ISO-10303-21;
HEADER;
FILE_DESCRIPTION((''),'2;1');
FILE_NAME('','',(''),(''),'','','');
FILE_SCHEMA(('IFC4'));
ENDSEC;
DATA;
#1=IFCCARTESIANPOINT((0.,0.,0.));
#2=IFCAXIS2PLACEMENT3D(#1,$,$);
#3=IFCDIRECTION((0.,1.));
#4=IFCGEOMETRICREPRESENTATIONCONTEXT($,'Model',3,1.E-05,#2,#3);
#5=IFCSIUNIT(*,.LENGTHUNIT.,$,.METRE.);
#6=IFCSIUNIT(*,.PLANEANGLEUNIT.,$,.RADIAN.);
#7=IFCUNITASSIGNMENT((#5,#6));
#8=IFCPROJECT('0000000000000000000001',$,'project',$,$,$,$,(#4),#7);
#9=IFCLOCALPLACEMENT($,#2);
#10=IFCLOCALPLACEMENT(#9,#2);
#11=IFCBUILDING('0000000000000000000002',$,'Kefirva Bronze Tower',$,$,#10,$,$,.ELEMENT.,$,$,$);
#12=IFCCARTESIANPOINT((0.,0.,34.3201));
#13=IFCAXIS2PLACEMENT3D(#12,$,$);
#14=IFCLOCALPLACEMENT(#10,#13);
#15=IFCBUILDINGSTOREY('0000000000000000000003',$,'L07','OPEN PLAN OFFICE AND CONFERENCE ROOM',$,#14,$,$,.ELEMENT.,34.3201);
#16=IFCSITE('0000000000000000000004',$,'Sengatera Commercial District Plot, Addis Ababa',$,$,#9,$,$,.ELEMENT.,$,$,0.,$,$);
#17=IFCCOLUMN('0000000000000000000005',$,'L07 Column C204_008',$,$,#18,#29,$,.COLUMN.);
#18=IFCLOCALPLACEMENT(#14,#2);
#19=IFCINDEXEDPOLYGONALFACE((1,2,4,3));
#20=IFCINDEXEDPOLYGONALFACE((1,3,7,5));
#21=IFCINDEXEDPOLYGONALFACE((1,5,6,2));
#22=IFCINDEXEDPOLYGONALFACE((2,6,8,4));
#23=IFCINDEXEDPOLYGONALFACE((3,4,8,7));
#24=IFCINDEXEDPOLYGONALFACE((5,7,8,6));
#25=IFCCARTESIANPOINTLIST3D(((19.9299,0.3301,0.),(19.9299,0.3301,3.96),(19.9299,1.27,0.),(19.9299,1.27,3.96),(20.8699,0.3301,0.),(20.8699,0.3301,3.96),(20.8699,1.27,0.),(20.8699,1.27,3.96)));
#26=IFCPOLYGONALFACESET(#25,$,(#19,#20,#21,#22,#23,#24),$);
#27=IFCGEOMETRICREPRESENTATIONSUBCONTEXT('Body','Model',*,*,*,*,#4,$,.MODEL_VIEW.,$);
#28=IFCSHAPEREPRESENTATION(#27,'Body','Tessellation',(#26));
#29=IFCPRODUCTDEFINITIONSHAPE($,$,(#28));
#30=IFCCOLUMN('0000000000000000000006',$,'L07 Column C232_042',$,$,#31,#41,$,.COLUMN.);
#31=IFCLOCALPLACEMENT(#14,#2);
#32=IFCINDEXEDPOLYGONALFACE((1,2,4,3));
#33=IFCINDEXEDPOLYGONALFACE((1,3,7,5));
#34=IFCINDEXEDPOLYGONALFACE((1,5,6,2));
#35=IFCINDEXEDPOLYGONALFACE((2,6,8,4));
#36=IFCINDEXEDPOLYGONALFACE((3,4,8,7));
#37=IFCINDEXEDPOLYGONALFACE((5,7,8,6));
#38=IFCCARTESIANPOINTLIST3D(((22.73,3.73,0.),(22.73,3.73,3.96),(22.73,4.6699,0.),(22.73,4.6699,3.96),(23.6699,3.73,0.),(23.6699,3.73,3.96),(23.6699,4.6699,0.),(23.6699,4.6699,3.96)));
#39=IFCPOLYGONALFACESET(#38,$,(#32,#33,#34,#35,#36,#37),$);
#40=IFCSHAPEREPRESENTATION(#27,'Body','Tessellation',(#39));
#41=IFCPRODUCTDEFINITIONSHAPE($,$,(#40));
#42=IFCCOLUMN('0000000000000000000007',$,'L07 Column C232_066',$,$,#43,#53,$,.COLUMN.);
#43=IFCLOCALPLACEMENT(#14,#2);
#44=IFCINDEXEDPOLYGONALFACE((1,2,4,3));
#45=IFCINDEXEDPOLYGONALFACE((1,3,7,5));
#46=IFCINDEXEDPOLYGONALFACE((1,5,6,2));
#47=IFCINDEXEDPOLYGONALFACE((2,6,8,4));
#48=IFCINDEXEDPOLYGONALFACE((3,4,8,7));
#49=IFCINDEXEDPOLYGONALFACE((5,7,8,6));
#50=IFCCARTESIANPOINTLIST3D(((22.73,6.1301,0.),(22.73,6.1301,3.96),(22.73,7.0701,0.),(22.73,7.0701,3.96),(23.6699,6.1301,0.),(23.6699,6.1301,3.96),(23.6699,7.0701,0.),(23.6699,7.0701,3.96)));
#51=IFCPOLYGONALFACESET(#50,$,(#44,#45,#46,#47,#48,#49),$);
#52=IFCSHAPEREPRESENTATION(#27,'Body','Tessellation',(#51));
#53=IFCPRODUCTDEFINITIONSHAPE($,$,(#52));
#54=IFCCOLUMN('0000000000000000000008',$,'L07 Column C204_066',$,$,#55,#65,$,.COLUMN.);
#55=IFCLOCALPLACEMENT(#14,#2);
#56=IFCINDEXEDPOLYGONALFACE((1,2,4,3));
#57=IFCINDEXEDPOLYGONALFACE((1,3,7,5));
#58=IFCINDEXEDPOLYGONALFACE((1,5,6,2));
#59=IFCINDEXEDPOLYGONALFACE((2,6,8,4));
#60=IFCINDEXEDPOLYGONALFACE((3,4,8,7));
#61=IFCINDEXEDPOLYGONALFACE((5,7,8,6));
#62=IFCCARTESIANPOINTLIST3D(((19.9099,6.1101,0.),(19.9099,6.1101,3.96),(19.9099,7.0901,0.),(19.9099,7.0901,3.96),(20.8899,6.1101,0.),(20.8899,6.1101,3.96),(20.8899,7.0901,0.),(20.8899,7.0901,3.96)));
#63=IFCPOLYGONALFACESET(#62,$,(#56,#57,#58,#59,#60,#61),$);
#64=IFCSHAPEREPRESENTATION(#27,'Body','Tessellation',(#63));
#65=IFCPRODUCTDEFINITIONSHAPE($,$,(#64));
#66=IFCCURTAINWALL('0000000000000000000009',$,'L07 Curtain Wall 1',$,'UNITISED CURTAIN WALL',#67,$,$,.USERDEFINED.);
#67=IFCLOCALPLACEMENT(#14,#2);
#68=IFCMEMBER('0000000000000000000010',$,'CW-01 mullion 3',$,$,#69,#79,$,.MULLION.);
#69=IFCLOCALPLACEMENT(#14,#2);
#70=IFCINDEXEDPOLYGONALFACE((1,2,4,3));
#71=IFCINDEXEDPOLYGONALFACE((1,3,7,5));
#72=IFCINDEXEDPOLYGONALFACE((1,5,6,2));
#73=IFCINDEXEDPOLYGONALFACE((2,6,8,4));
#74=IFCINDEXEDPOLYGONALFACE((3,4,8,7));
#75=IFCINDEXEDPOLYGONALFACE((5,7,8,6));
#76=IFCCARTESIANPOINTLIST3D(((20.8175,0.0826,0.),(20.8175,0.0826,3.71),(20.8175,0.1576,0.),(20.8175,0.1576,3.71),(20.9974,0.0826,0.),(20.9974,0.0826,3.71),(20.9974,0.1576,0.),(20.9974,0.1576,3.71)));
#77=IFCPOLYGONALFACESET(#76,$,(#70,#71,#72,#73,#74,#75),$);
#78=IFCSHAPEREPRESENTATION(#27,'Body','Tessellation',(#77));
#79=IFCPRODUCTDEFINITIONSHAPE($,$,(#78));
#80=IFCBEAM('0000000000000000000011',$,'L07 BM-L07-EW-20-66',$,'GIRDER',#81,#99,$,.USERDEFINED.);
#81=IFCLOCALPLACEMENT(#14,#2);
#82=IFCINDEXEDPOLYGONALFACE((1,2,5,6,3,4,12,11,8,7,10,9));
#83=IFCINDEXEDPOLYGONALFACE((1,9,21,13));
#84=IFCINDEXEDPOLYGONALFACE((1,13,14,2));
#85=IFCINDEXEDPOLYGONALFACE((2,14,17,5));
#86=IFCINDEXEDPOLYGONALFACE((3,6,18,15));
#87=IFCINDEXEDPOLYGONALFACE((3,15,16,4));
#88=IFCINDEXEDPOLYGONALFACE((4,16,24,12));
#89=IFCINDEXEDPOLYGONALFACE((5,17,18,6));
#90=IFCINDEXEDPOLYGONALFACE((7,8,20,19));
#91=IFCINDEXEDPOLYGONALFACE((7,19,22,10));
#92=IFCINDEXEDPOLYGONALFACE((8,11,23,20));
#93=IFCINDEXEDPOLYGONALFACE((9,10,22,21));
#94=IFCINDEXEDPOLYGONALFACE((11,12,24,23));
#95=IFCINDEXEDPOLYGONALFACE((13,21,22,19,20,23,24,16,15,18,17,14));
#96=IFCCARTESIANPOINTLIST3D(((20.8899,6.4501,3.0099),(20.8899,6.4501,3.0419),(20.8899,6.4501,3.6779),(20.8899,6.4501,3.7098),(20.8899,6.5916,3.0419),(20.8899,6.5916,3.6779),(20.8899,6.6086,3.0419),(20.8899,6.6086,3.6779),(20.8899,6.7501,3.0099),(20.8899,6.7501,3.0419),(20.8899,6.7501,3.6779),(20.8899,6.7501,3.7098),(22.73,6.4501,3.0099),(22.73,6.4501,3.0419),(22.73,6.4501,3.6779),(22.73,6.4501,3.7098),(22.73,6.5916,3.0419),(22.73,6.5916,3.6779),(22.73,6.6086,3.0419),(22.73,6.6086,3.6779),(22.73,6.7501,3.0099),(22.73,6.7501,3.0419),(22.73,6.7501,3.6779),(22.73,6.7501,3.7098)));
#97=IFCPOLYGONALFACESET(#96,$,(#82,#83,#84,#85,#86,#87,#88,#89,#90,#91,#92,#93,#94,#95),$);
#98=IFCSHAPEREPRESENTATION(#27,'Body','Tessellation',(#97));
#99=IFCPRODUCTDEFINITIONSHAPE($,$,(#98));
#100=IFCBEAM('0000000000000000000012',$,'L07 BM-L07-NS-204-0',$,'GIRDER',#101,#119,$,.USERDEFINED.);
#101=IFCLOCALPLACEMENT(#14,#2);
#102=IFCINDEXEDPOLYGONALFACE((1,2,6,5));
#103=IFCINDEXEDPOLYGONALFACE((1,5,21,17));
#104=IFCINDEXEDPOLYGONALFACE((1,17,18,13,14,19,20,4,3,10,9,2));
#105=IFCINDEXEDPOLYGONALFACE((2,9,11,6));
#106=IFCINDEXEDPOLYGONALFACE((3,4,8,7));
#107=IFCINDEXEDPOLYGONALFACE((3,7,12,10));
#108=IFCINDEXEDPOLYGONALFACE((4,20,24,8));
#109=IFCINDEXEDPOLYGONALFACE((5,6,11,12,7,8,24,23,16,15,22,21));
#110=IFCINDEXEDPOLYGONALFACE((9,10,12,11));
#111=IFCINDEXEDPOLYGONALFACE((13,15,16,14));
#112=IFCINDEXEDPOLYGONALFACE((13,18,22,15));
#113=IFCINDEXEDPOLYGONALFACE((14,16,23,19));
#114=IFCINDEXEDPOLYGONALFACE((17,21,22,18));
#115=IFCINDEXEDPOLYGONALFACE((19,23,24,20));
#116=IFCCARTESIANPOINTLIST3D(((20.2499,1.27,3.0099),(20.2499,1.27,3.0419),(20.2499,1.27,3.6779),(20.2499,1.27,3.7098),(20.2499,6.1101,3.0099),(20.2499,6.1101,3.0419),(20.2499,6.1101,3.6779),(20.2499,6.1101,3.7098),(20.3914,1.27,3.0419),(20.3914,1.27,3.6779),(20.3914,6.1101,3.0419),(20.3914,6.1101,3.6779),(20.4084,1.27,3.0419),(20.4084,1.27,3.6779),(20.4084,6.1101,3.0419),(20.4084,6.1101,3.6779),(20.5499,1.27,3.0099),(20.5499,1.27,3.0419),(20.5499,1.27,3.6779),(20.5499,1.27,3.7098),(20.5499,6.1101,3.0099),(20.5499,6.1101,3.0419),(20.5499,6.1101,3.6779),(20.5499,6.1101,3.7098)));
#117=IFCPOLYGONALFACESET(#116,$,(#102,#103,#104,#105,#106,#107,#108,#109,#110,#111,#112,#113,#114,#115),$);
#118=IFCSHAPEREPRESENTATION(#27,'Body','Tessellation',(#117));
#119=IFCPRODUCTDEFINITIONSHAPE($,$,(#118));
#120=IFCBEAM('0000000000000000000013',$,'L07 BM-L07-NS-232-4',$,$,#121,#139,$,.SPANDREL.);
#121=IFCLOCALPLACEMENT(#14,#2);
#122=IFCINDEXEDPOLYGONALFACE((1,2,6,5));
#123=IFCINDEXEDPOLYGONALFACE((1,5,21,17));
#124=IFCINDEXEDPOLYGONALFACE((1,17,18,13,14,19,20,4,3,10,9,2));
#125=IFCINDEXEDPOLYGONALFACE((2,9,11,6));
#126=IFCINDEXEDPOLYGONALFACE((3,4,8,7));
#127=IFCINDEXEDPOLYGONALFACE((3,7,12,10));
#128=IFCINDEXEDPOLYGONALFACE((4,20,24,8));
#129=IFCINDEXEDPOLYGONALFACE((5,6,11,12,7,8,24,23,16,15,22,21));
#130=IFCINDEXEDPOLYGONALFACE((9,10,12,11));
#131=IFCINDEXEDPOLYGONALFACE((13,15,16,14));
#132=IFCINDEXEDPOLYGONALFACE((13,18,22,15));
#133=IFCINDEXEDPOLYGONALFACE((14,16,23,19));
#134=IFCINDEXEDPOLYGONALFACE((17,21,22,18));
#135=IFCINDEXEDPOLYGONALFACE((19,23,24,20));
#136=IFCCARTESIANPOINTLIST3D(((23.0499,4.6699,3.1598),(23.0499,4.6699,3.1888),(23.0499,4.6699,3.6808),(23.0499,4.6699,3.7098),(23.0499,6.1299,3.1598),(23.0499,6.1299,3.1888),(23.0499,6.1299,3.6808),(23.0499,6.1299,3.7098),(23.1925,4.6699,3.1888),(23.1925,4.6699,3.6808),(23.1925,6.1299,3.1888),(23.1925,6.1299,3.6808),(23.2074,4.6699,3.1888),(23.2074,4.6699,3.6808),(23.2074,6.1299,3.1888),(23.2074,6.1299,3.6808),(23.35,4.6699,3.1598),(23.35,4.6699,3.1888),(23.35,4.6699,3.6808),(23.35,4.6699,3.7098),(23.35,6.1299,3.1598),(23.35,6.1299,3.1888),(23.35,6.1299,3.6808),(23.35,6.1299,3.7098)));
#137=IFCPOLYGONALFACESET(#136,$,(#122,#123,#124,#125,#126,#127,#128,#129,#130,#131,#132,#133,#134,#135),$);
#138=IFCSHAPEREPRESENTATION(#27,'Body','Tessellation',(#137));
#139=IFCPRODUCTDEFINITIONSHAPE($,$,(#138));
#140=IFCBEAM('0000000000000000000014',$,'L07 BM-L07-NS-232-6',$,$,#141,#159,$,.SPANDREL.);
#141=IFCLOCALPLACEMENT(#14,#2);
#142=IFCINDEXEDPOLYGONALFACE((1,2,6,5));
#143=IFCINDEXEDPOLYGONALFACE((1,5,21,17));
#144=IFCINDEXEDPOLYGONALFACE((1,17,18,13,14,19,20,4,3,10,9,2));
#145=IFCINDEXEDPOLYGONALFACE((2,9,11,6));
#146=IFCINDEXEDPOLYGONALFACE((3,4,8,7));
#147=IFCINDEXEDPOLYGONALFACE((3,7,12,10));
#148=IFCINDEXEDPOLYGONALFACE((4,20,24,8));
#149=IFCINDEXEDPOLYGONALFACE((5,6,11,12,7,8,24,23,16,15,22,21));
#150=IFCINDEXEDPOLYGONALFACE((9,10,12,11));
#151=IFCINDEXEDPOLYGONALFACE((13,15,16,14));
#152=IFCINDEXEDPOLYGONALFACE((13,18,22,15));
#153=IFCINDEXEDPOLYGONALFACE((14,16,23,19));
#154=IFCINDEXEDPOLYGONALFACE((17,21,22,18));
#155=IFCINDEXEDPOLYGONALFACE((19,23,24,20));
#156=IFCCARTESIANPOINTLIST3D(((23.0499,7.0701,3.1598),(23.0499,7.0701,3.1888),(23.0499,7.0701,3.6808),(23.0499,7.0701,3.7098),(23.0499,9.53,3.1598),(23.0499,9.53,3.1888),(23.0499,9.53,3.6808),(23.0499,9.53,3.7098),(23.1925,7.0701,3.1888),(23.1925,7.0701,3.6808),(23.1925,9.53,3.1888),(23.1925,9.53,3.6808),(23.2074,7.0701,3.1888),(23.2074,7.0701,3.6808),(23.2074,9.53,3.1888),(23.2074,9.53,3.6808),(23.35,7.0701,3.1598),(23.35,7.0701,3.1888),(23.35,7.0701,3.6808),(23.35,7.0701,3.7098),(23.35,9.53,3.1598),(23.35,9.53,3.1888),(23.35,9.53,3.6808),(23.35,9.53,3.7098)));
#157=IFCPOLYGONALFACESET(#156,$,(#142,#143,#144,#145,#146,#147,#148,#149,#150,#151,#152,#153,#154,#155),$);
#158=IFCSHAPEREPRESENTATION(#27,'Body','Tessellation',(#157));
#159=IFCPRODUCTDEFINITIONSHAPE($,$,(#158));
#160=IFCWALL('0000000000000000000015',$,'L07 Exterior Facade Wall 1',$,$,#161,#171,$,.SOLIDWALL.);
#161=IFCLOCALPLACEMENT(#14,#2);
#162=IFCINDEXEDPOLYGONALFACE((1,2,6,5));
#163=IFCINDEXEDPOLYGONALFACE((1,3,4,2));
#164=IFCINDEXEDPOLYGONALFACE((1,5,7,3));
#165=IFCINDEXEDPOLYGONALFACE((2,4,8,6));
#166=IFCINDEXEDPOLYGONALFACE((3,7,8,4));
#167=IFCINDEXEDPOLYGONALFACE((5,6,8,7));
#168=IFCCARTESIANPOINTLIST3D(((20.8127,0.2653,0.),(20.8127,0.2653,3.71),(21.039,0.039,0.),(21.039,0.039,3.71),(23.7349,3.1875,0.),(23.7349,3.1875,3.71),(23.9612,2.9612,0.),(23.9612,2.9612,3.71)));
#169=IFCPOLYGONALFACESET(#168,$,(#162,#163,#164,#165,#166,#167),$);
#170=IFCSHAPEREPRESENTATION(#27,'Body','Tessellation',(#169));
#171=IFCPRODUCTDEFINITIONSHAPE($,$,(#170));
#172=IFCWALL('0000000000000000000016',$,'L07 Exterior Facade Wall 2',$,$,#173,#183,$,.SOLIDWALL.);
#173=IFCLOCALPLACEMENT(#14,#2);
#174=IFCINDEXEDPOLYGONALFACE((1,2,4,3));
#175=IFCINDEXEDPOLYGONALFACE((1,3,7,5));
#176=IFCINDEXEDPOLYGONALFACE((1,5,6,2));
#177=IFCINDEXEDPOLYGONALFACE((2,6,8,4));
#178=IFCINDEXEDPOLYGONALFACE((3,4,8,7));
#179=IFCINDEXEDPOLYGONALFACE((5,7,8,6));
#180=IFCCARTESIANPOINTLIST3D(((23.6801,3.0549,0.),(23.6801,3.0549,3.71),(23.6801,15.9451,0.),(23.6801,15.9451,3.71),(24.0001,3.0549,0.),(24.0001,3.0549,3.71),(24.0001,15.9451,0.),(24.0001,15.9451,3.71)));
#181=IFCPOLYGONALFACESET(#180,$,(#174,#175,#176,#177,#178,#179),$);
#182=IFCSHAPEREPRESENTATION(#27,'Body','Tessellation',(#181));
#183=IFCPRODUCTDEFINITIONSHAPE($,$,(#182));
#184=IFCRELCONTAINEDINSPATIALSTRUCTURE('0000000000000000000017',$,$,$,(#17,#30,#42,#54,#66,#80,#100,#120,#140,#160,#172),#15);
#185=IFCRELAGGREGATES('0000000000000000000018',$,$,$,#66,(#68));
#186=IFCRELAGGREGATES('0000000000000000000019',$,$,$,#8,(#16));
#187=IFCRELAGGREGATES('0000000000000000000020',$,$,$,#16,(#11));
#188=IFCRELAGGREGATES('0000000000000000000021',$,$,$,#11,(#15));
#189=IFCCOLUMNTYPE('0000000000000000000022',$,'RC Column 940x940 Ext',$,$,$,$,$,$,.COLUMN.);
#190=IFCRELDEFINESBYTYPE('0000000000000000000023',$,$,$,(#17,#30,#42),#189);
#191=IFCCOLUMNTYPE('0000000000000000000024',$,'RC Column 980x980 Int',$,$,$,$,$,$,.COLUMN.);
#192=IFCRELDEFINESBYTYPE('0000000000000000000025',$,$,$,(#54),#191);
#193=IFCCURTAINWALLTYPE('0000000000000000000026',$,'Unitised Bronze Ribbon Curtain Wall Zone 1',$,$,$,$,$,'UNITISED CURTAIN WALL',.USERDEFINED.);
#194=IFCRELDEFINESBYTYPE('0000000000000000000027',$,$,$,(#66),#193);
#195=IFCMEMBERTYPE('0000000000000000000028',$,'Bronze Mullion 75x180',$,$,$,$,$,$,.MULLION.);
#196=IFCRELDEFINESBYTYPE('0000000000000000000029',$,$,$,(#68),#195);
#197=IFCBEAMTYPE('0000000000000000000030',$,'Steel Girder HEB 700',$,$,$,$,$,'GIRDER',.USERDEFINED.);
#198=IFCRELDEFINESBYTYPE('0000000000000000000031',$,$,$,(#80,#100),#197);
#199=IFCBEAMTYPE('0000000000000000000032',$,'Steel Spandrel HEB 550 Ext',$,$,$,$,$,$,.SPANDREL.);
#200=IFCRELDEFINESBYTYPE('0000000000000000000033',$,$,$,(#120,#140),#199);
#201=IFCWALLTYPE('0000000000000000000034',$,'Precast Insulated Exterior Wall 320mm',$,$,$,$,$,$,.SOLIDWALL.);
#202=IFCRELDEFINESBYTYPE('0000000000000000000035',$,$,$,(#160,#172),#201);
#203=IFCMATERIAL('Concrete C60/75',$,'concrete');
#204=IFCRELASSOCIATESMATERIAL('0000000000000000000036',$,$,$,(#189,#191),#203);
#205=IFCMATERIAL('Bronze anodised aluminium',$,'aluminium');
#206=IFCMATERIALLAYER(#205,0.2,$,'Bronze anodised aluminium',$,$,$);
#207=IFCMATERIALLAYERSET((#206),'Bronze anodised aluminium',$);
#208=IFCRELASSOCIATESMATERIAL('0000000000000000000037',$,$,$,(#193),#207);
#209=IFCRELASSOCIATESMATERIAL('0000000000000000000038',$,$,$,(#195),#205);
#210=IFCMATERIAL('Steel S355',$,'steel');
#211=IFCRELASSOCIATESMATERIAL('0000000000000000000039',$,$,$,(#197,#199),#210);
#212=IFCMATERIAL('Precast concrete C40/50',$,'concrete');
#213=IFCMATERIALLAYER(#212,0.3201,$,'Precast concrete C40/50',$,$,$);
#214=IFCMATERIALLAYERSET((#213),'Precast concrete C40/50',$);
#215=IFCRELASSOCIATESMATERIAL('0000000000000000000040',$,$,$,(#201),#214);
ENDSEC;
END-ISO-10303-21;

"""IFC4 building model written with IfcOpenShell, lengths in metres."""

from ifc_helpers import new_model, si_unit, direction, frame, frame_2d, origin, origin_2d, place, context, subcontext, project, spatial, rectangle, i_section, extrude, material, layer, layer_set, material_profile, profile_set, type_object, element, aggregate, save


model = new_model("IFC4")

# Units and contexts
model_context = context("Model", 3, precision=1e-05, world=origin(), true_north=direction((0.0, 1.0)))
body_context = subcontext(model_context, "Body", "Model", "MODEL_VIEW")
ifc_project = project(units=[si_unit("LENGTHUNIT", "METRE"), si_unit("PLANEANGLEUNIT", "RADIAN")], contexts=[model_context])

# Site, building, storey
site_placement = place(None, origin())
site = spatial("IfcSite", under=ifc_project, at=site_placement, Name="Sengatera Commercial District Plot, Addis Ababa", CompositionType="ELEMENT", RefElevation=0.0)
building_placement = place(site_placement, origin())
building = spatial("IfcBuilding", under=site, at=building_placement, Name="Kefirva Bronze Tower", CompositionType="ELEMENT")
storey_placement = place(building_placement, frame((0.0, 0.0, 34.3201)))
storey = spatial("IfcBuildingStorey", under=building, at=storey_placement, Name="L07", Description="OPEN PLAN OFFICE AND CONFERENCE ROOM", CompositionType="ELEMENT", Elevation=34.3201)

# Columns
ifc_material_1 = material(Name="Concrete C60/75", Category="concrete")
ifc_material_profile_1 = material_profile(ifc_material_1, rectangle(XDim=0.9399, YDim=0.9399, at=origin_2d()), Name="RC 940x940")
ifc_profile_set_1 = profile_set([ifc_material_profile_1], Name="Concrete C60/75")
column_type_1 = type_object("IfcColumnType", Name="RC Column 940x940 Ext", PredefinedType="COLUMN", material=ifc_profile_set_1)
for number, where, z_axis, x_axis, name in (
    (1, (20.3999, 0.8, 0.0), (0.0, 0.0, 1.0), (1.0, 0.0, 0.0), "L07 Column C204_008"),
    (2, (23.2, 4.2, 0.0), (0.0, 0.0, 1.0), (1.0, 0.0, 0.0), "L07 Column C232_042"),
    (3, (23.2, 6.6001, 0.0), (0.0, 0.0, 1.0), (1.0, 0.0, 0.0), "L07 Column C232_066"),
):
    element("IfcColumn", number, at=place(storey_placement, frame(where, z_axis=z_axis, x_axis=x_axis)), inside=storey, type_object=column_type_1, Name=name, PredefinedType="COLUMN", context=body_context, shape_type="SweptSolid", body=[
        extrude(rectangle(XDim=0.9399, YDim=0.9399, at=origin_2d()), origin(), (0.0, 0.0, 1.0), 3.96),
    ])
ifc_material_profile_2 = material_profile(ifc_material_1, rectangle(XDim=0.98, YDim=0.98, at=origin_2d()), Name="RC 980x980")
ifc_profile_set_2 = profile_set([ifc_material_profile_2], Name="Concrete C60/75")
column_type_2 = type_object("IfcColumnType", Name="RC Column 980x980 Int", PredefinedType="COLUMN", material=ifc_profile_set_2)
column_placement = place(storey_placement, frame((20.3999, 6.6001, 0.0), z_axis=(0.0, 0.0, 1.0), x_axis=(1.0, 0.0, 0.0)))
element("IfcColumn", 4, at=column_placement, inside=storey, type_object=column_type_2, Name="L07 Column C204_066", PredefinedType="COLUMN", context=body_context, shape_type="SweptSolid", body=[
    extrude(rectangle(XDim=0.98, YDim=0.98, at=origin_2d()), origin(), (0.0, 0.0, 1.0), 3.96),
])

# Curtain wall, member
ifc_material_2 = material(Name="Bronze anodised aluminium", Category="aluminium")
ifc_layer_1 = layer(ifc_material_2, 0.2, Name="Bronze anodised aluminium")
ifc_layer_set_1 = layer_set([ifc_layer_1], Name="Bronze anodised aluminium")
curtain_wall_type = type_object("IfcCurtainWallType", Name="Unitised Bronze Ribbon Curtain Wall Zone 1", ElementType="UNITISED CURTAIN WALL", PredefinedType="USERDEFINED", material=ifc_layer_set_1)
curtain_wall_placement = place(storey_placement, origin())
curtain_wall = element("IfcCurtainWall", 5, at=curtain_wall_placement, inside=storey, type_object=curtain_wall_type, Name="L07 Curtain Wall 1", ObjectType="UNITISED CURTAIN WALL", PredefinedType="USERDEFINED")
ifc_material_profile_3 = material_profile(ifc_material_2, rectangle(XDim=0.075, YDim=0.1799, at=origin_2d()), Name="ALU 75x180")
ifc_profile_set_3 = profile_set([ifc_material_profile_3], Name="Bronze anodised aluminium")
member_type = type_object("IfcMemberType", Name="Bronze Mullion 75x180", PredefinedType="MULLION", material=ifc_profile_set_3)
member_placement = place(storey_placement, frame((20.9075, 0.1201, 0.0), z_axis=(0.0, 0.0, 1.0), x_axis=(0.0, 1.0, 0.0)))
member = element("IfcMember", 6, at=member_placement, type_object=member_type, Name="CW-01 mullion 3", PredefinedType="MULLION", context=body_context, shape_type="SweptSolid", body=[
    extrude(rectangle(XDim=0.075, YDim=0.1799, at=origin_2d()), origin(), (0.0, 0.0, 1.0), 3.71),
])
aggregate(curtain_wall, [member])

# Beams
ifc_material_3 = material(Name="Steel S355", Category="steel")
ifc_material_profile_4 = material_profile(ifc_material_3, i_section(OverallWidth=0.3, OverallDepth=0.7, WebThickness=0.0171, FlangeThickness=0.032, at=origin_2d()), Name="HEB 700")
ifc_profile_set_4 = profile_set([ifc_material_profile_4], Name="Steel S355")
beam_type_1 = type_object("IfcBeamType", Name="Steel Girder HEB 700", ElementType="GIRDER", PredefinedType="USERDEFINED", material=ifc_profile_set_4)
beam_1_placement = place(storey_placement, frame((20.8899, 6.6001, 3.3599), z_axis=(1.0, 0.0, 0.0), x_axis=(0.0, 1.0, 0.0)))
element("IfcBeam", 7, at=beam_1_placement, inside=storey, type_object=beam_type_1, Name="L07 BM-L07-EW-20-66", ObjectType="GIRDER", PredefinedType="USERDEFINED", context=body_context, shape_type="SweptSolid", body=[
    extrude(i_section(OverallWidth=0.3, OverallDepth=0.7, WebThickness=0.0171, FlangeThickness=0.032, at=origin_2d()), origin(), (0.0, 0.0, 1.0), 1.8401),
])
beam_2_placement = place(storey_placement, frame((20.3999, 1.27, 3.3599), z_axis=(0.0, 1.0, 0.0), x_axis=(-1.0, 0.0, 0.0)))
element("IfcBeam", 8, at=beam_2_placement, inside=storey, type_object=beam_type_1, Name="L07 BM-L07-NS-204-0", ObjectType="GIRDER", PredefinedType="USERDEFINED", context=body_context, shape_type="SweptSolid", body=[
    extrude(i_section(OverallWidth=0.3, OverallDepth=0.7, WebThickness=0.0171, FlangeThickness=0.032, at=origin_2d()), origin(), (0.0, 0.0, 1.0), 4.8401),
])
ifc_material_profile_5 = material_profile(ifc_material_3, i_section(OverallWidth=0.3, OverallDepth=0.55, WebThickness=0.0149, FlangeThickness=0.0291, at=origin_2d()), Name="HEB 550")
ifc_profile_set_5 = profile_set([ifc_material_profile_5], Name="Steel S355")
beam_type_2 = type_object("IfcBeamType", Name="Steel Spandrel HEB 550 Ext", PredefinedType="SPANDREL", material=ifc_profile_set_5)
beam_3_placement = place(storey_placement, frame((23.2, 4.6699, 3.4348), z_axis=(0.0, 1.0, 0.0), x_axis=(-1.0, 0.0, 0.0)))
element("IfcBeam", 9, at=beam_3_placement, inside=storey, type_object=beam_type_2, Name="L07 BM-L07-NS-232-4", PredefinedType="SPANDREL", context=body_context, shape_type="SweptSolid", body=[
    extrude(i_section(OverallWidth=0.3, OverallDepth=0.55, WebThickness=0.0149, FlangeThickness=0.0291, at=origin_2d()), origin(), (0.0, 0.0, 1.0), 1.46),
])
beam_4_placement = place(storey_placement, frame((23.2, 7.0701, 3.4348), z_axis=(0.0, 1.0, 0.0), x_axis=(-1.0, 0.0, 0.0)))
element("IfcBeam", 10, at=beam_4_placement, inside=storey, type_object=beam_type_2, Name="L07 BM-L07-NS-232-6", PredefinedType="SPANDREL", context=body_context, shape_type="SweptSolid", body=[
    extrude(i_section(OverallWidth=0.3, OverallDepth=0.55, WebThickness=0.0149, FlangeThickness=0.0291, at=origin_2d()), origin(), (0.0, 0.0, 1.0), 2.46),
])

# Walls
ifc_material_4 = material(Name="Precast concrete C40/50", Category="concrete")
ifc_layer_2 = layer(ifc_material_4, 0.3201, Name="Precast concrete C40/50")
ifc_layer_set_2 = layer_set([ifc_layer_2], Name="Precast concrete C40/50")
wall_type_1 = type_object("IfcWallType", Name="Precast Insulated Exterior Wall 320mm", PredefinedType="SOLIDWALL", material=ifc_layer_set_2)
wall_1_placement = place(storey_placement, frame((20.9258, 0.1521, 0.0), z_axis=(0.0, 0.0, 1.0), x_axis=(0.707107, 0.707107, 0.0)))
element("IfcWall", 11, at=wall_1_placement, inside=storey, type_object=wall_type_1, Name="L07 Exterior Facade Wall 1", PredefinedType="SOLIDWALL", context=body_context, shape_type="SweptSolid", body=[
    extrude(rectangle(XDim=4.1326, YDim=0.3201, at=frame_2d((2.0664, 0.0))), origin(), (0.0, 0.0, 1.0), 3.71),
])
wall_2_placement = place(storey_placement, frame((23.8401, 3.0549, 0.0), z_axis=(0.0, 0.0, 1.0), x_axis=(0.0, 1.0, 0.0)))
element("IfcWall", 12, at=wall_2_placement, inside=storey, type_object=wall_type_1, Name="L07 Exterior Facade Wall 2", PredefinedType="SOLIDWALL", context=body_context, shape_type="SweptSolid", body=[
    extrude(rectangle(XDim=12.8901, YDim=0.3201, at=frame_2d((6.4451, 0.0))), origin(), (0.0, 0.0, 1.0), 3.71),
])

save(model, "model.ifc")
